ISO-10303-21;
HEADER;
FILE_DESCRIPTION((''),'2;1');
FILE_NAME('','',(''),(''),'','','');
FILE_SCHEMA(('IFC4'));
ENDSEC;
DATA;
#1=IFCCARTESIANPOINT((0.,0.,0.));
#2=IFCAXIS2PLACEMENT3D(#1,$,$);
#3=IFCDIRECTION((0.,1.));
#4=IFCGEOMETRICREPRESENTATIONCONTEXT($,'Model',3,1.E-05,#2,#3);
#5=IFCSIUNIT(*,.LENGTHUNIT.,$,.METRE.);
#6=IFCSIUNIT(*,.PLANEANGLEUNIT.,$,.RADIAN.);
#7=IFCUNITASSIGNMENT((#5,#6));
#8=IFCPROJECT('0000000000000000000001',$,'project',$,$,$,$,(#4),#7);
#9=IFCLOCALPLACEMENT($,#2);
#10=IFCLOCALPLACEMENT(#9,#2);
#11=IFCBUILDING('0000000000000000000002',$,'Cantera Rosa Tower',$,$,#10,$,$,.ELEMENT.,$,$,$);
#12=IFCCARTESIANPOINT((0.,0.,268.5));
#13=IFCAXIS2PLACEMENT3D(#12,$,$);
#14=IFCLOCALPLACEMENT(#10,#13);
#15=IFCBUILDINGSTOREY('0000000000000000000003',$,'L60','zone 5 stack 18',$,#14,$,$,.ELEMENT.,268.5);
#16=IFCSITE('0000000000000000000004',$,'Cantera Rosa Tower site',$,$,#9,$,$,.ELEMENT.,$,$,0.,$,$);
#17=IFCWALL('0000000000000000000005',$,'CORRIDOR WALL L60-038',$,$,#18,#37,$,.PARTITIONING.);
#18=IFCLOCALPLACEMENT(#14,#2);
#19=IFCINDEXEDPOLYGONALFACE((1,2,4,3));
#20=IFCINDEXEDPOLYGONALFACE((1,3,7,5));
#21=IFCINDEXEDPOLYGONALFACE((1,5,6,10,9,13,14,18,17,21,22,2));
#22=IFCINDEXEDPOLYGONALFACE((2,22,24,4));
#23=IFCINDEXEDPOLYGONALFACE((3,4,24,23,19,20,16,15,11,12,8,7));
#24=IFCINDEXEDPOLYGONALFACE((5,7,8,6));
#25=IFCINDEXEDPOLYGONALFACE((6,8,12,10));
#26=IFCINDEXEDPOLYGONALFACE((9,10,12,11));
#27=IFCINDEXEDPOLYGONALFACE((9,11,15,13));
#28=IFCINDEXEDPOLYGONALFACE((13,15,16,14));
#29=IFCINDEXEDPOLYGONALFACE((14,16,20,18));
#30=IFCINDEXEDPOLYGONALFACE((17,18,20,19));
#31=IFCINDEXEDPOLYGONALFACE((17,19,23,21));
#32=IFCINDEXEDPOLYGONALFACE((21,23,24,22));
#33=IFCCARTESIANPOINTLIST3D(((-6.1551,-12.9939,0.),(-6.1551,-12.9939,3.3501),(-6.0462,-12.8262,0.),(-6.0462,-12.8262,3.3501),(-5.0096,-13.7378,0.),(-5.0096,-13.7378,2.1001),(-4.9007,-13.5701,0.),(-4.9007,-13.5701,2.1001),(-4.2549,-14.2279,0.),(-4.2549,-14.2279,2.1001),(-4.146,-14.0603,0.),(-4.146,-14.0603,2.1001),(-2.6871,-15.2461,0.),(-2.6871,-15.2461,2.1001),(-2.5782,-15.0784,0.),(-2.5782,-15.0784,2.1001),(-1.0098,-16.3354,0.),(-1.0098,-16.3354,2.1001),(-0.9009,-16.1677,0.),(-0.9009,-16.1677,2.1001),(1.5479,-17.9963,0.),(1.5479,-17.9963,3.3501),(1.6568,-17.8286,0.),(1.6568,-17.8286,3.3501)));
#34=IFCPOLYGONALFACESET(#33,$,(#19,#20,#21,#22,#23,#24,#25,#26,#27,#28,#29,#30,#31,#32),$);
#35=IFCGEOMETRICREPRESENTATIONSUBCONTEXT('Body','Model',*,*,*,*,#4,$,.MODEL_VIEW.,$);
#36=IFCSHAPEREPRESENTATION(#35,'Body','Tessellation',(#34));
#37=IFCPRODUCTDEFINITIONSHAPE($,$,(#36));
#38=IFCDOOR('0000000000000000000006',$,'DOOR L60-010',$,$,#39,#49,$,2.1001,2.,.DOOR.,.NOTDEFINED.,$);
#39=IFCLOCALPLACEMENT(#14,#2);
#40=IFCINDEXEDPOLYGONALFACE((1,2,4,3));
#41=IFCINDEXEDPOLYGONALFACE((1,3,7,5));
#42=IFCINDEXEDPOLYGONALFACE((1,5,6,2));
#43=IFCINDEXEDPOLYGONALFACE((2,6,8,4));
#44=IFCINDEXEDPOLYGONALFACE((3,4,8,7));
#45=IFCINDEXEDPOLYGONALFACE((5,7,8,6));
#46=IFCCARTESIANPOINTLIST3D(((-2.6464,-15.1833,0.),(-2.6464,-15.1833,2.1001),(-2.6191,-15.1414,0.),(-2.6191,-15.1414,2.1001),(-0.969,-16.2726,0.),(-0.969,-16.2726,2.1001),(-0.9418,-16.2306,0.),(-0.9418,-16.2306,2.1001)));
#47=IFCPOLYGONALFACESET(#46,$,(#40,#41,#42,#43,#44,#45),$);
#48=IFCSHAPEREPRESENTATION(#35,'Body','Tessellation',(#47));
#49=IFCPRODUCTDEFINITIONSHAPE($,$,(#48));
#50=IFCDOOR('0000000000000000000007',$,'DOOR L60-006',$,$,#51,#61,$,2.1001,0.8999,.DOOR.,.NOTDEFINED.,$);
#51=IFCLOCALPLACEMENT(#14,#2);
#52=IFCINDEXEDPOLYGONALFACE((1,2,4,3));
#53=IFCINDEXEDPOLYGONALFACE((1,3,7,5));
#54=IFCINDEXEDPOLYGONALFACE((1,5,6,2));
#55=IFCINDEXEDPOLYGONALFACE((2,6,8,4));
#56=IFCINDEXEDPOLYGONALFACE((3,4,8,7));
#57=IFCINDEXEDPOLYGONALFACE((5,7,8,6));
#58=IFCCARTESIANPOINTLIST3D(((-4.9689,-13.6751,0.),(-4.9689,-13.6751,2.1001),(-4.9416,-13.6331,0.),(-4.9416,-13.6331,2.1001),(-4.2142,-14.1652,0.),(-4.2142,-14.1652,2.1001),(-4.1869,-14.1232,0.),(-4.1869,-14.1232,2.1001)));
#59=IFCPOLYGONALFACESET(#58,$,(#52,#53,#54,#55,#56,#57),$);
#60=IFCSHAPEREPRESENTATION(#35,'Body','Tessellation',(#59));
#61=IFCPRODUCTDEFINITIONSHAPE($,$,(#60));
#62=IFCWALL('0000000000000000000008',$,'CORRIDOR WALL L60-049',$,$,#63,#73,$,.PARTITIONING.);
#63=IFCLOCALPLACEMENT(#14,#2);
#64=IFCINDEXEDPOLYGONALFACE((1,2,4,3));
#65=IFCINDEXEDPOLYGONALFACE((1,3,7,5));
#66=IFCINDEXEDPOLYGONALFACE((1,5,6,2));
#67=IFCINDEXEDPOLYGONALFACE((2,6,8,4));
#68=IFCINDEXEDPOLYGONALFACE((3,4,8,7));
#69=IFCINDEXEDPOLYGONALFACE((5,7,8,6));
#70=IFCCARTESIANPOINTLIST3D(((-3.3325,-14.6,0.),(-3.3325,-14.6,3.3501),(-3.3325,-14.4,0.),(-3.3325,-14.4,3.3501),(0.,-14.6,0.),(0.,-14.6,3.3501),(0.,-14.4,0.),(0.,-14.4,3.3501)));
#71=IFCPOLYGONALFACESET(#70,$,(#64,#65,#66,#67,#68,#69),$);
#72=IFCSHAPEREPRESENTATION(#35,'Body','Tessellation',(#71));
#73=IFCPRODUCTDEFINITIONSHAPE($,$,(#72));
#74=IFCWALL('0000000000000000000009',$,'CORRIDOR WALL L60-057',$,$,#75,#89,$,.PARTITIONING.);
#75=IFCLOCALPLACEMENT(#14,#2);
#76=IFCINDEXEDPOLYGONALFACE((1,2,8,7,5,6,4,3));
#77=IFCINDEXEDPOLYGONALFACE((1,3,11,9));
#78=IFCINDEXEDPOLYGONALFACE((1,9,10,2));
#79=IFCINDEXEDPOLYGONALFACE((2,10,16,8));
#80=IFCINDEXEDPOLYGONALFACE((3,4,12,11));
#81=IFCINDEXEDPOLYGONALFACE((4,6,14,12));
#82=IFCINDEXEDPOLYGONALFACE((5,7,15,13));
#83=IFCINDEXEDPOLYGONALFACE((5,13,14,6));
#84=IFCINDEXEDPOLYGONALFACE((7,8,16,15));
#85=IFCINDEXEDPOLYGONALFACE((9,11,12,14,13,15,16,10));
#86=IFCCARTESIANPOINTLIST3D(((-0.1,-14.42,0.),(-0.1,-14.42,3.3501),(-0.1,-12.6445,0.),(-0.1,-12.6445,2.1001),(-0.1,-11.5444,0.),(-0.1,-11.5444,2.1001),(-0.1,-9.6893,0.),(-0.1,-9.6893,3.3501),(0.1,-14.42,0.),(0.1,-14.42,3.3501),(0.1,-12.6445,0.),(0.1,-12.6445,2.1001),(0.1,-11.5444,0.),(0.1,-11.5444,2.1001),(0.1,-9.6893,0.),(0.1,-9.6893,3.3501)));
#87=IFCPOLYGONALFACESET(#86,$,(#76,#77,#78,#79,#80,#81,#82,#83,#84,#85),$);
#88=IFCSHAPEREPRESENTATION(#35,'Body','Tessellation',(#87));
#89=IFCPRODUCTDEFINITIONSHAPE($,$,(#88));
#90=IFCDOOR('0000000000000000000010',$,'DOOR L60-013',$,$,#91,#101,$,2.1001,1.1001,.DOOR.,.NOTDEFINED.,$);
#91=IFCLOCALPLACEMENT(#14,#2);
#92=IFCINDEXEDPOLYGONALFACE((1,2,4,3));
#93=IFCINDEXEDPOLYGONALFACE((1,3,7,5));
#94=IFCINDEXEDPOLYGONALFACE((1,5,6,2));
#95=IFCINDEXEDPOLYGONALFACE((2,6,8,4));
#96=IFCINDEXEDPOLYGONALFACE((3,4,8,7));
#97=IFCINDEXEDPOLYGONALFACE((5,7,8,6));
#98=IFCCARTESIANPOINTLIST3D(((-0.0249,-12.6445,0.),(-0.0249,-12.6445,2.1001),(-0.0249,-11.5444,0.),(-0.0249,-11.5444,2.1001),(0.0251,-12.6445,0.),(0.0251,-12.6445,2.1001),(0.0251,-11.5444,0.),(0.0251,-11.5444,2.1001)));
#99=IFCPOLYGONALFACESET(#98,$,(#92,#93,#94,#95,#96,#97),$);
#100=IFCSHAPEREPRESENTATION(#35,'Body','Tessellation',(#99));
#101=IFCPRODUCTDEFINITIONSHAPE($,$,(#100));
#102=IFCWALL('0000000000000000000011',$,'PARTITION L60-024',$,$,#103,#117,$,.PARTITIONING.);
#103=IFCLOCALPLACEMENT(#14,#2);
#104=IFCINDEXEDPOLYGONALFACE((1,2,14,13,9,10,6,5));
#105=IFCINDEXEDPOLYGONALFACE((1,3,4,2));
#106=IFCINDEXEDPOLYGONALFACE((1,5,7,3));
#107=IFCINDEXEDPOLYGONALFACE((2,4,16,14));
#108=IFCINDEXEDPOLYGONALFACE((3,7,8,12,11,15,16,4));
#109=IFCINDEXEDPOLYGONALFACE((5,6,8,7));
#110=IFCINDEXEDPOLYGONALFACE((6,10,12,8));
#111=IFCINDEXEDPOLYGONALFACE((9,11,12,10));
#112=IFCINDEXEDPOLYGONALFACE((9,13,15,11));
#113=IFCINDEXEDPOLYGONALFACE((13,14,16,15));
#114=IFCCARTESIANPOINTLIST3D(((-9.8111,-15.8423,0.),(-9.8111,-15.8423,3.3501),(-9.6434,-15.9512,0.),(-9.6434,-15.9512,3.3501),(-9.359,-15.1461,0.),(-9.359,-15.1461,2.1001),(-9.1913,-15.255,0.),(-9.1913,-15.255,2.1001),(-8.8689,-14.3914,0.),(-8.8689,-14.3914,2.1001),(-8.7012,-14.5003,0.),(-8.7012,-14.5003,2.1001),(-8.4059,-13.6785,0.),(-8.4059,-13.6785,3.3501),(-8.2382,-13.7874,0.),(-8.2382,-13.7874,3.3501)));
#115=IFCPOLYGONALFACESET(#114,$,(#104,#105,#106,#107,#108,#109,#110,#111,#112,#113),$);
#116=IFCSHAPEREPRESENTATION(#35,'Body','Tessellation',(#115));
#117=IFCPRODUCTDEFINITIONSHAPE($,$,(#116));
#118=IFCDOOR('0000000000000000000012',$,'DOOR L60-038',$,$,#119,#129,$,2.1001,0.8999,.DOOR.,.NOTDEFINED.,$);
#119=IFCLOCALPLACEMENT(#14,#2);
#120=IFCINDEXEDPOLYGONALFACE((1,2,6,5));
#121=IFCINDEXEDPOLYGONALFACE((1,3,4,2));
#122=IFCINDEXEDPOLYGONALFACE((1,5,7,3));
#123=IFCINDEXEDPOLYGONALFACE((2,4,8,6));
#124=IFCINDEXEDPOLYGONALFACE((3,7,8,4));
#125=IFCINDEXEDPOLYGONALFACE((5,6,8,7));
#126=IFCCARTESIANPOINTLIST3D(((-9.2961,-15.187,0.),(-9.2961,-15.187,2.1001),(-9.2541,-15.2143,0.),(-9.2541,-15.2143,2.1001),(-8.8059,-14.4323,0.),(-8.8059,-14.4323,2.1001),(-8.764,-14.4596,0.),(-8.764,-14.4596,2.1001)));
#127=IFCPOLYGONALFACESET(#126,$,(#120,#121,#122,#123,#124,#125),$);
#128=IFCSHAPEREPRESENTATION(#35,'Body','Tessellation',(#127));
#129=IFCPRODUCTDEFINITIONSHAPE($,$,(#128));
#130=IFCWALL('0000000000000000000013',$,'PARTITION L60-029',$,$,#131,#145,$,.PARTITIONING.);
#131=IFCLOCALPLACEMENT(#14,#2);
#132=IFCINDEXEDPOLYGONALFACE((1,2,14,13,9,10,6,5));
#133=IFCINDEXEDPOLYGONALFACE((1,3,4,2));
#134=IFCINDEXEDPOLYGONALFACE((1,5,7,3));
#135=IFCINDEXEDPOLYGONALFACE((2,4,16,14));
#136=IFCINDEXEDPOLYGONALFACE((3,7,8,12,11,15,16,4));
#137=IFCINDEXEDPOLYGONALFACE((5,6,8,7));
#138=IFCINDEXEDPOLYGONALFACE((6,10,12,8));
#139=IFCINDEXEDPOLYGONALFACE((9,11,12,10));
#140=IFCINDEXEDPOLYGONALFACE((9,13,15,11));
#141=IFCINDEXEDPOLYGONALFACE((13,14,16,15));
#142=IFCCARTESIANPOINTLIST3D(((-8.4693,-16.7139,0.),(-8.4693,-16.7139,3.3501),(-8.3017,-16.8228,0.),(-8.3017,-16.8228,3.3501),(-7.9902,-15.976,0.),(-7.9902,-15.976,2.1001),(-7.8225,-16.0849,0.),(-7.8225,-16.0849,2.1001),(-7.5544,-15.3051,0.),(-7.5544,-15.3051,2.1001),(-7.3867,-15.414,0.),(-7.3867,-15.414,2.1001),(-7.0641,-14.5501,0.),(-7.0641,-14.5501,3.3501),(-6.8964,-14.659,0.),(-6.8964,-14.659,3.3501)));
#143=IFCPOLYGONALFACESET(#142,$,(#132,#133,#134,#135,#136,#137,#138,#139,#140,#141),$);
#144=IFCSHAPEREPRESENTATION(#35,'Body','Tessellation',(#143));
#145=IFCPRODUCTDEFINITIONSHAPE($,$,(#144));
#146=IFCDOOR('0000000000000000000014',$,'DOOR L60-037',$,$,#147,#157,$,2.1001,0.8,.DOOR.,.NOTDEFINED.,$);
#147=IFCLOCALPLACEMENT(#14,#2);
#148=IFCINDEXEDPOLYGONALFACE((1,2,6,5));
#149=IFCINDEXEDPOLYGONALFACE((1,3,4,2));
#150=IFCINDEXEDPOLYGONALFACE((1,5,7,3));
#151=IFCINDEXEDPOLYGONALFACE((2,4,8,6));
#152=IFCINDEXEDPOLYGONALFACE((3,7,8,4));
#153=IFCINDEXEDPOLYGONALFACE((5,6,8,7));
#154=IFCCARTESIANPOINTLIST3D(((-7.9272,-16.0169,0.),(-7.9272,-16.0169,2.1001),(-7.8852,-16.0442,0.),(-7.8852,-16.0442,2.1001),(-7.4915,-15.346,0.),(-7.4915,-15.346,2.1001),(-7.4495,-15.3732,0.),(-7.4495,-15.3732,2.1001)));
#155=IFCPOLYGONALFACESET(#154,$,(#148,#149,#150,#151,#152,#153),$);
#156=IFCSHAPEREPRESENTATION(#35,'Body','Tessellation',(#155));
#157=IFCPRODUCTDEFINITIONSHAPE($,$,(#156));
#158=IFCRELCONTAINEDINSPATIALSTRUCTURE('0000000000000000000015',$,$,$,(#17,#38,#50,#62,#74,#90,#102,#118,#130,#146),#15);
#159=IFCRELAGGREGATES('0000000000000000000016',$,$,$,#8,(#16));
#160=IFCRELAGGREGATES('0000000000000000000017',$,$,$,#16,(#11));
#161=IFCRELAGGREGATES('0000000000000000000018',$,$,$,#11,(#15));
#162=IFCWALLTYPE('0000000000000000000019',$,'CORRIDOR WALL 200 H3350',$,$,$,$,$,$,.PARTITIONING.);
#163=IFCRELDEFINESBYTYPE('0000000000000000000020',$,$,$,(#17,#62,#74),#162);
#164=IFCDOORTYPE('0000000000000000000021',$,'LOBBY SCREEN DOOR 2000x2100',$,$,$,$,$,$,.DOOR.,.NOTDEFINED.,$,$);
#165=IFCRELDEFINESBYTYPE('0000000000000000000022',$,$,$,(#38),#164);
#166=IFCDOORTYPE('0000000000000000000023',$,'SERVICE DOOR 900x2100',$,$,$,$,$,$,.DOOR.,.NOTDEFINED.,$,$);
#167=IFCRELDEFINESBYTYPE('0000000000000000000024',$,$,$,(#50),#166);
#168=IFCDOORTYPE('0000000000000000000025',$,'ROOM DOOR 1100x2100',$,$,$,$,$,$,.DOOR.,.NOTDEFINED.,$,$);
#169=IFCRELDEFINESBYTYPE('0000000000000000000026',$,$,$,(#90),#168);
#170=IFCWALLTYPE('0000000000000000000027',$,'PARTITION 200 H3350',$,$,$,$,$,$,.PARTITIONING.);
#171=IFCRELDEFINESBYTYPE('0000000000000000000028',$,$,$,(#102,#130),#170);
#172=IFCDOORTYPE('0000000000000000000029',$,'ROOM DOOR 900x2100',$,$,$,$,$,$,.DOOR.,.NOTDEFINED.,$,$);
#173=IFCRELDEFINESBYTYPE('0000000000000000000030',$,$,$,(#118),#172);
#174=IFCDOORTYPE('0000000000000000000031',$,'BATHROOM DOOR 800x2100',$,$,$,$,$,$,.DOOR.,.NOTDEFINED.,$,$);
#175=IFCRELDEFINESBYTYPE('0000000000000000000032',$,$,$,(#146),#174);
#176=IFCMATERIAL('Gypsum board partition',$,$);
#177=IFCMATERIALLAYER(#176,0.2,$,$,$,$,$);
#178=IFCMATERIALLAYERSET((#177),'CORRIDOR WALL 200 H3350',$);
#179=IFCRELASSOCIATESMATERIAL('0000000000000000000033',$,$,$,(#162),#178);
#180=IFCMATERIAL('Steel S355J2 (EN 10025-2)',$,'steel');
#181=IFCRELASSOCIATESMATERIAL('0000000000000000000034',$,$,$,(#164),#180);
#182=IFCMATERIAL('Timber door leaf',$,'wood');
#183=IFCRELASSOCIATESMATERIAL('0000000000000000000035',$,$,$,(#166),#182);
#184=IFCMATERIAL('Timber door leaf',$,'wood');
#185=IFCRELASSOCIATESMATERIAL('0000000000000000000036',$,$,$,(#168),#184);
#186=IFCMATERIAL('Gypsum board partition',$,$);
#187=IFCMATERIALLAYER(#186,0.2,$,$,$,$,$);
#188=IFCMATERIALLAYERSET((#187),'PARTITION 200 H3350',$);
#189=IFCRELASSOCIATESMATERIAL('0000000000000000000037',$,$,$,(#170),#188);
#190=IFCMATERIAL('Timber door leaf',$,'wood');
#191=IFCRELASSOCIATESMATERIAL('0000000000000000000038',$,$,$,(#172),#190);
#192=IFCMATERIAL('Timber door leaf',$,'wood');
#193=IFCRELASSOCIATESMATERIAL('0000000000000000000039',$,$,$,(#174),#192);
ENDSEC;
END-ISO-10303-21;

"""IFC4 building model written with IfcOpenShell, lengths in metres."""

from ifc_helpers import new_model, si_unit, direction, frame, frame_2d, origin, place, context, subcontext, project, spatial, rectangle, extrude, material, layer, layer_set, type_object, element, fill, save


model = new_model("IFC4")

# Units and contexts
model_context = context("Model", 3, precision=1e-05, world=origin(), true_north=direction((0.0, 1.0)))
body_context = subcontext(model_context, "Body", "Model", "MODEL_VIEW")
ifc_project = project(units=[si_unit("LENGTHUNIT", "METRE"), si_unit("PLANEANGLEUNIT", "RADIAN")], contexts=[model_context])

# Site, building, storey
site_placement = place(None, origin())
site = spatial("IfcSite", under=ifc_project, at=site_placement, Name="Cantera Rosa Tower site", CompositionType="ELEMENT", RefElevation=0.0)
building_placement = place(site_placement, origin())
building = spatial("IfcBuilding", under=site, at=building_placement, Name="Cantera Rosa Tower", CompositionType="ELEMENT")
storey_placement = place(building_placement, frame((0.0, 0.0, 268.5)))
storey = spatial("IfcBuildingStorey", under=building, at=storey_placement, Name="L60", Description="zone 5 stack 18", CompositionType="ELEMENT", Elevation=268.5)

# Wall, openings, doors
ifc_material_1 = material(Name="Gypsum board partition")
ifc_layer_1 = layer(ifc_material_1, 0.2)
ifc_layer_set_1 = layer_set([ifc_layer_1], Name="CORRIDOR WALL 200 H3350")
wall_type_1 = type_object("IfcWallType", Name="CORRIDOR WALL 200 H3350", PredefinedType="PARTITIONING", material=ifc_layer_set_1)
wall_1_placement = place(storey_placement, frame((-6.1006, -12.9102, 0.0), z_axis=(0.0, 0.0, 1.0), x_axis=(0.838672, -0.544637, 0.0)))
wall_1 = element("IfcWall", 1, at=wall_1_placement, inside=storey, type_object=wall_type_1, Name="CORRIDOR WALL L60-038", PredefinedType="PARTITIONING", context=body_context, shape_type="SweptSolid", body=[
    extrude(rectangle(XDim=9.1848, YDim=0.2, at=frame_2d((4.5923, 0.0))), origin(), (0.0, 0.0, 1.0), 3.3501),
])
opening_1_placement = place(wall_1_placement, frame((1.3657, 0.0, 0.0)))
opening_1 = element("IfcOpeningElement", 2, at=opening_1_placement, cuts=wall_1, PredefinedType="OPENING", context=body_context, shape_type="SweptSolid", body=[
    extrude(rectangle(XDim=0.8999, YDim=2.1001, at=frame_2d((0.45, 1.05))), frame((0.0, 0.1099, 0.0), z_axis=(0.0, -1.0, 0.0), x_axis=(1.0, 0.0, 0.0)), (0.0, 0.0, 1.0), 0.22),
])
opening_2_placement = place(wall_1_placement, frame((4.135, 0.0, 0.0)))
opening_2 = element("IfcOpeningElement", 3, at=opening_2_placement, cuts=wall_1, PredefinedType="OPENING", context=body_context, shape_type="SweptSolid", body=[
    extrude(rectangle(XDim=2.0, YDim=2.1001, at=frame_2d((1.0, 1.05))), frame((0.0, 0.1099, 0.0), z_axis=(0.0, -1.0, 0.0), x_axis=(1.0, 0.0, 0.0)), (0.0, 0.0, 1.0), 0.22),
])
ifc_material_2 = material(Name="Steel S355J2 (EN 10025-2)", Category="steel")
door_type_1 = type_object("IfcDoorType", Name="LOBBY SCREEN DOOR 2000x2100", OperationType="NOTDEFINED", PredefinedType="DOOR", material=ifc_material_2)
door_1_placement = place(opening_2_placement, origin())
door_1 = element("IfcDoor", 4, at=door_1_placement, inside=storey, type_object=door_type_1, Name="DOOR L60-010", OperationType="NOTDEFINED", OverallHeight=2.1001, OverallWidth=2.0, PredefinedType="DOOR", context=body_context, shape_type="SweptSolid", body=[
    extrude(rectangle(XDim=2.0, YDim=2.1001, at=frame_2d((1.0, 1.05))), frame((0.0, 0.0249, 0.0), z_axis=(0.0, -1.0, 0.0), x_axis=(1.0, 0.0, 0.0)), (0.0, 0.0, 1.0), 0.05),
])
fill(opening_2, door_1)
ifc_material_3 = material(Name="Timber door leaf", Category="wood")
door_type_2 = type_object("IfcDoorType", Name="SERVICE DOOR 900x2100", OperationType="NOTDEFINED", PredefinedType="DOOR", material=ifc_material_3)
door_2_placement = place(opening_1_placement, origin())
door_2 = element("IfcDoor", 5, at=door_2_placement, inside=storey, type_object=door_type_2, Name="DOOR L60-006", OperationType="NOTDEFINED", OverallHeight=2.1001, OverallWidth=0.8999, PredefinedType="DOOR", context=body_context, shape_type="SweptSolid", body=[
    extrude(rectangle(XDim=0.8999, YDim=2.1001, at=frame_2d((0.45, 1.05))), frame((0.0, 0.0249, 0.0), z_axis=(0.0, -1.0, 0.0), x_axis=(1.0, 0.0, 0.0)), (0.0, 0.0, 1.0), 0.05),
])
fill(opening_1, door_2)

# Wall
wall_2_placement = place(storey_placement, frame((-3.3325, -14.5, 0.0), z_axis=(0.0, 0.0, 1.0), x_axis=(1.0, 0.0, 0.0)))
element("IfcWall", 6, at=wall_2_placement, inside=storey, type_object=wall_type_1, Name="CORRIDOR WALL L60-049", PredefinedType="PARTITIONING", context=body_context, shape_type="SweptSolid", body=[
    extrude(rectangle(XDim=3.3325, YDim=0.2, at=frame_2d((1.6663, 0.0))), origin(), (0.0, 0.0, 1.0), 3.3501),
])

# Walls, openings, doors
wall_3_placement = place(storey_placement, frame((0.0, -14.4199, 0.0), z_axis=(0.0, 0.0, 1.0), x_axis=(0.0, 1.0, 0.0)))
wall_3 = element("IfcWall", 7, at=wall_3_placement, inside=storey, type_object=wall_type_1, Name="CORRIDOR WALL L60-057", PredefinedType="PARTITIONING", context=body_context, shape_type="SweptSolid", body=[
    extrude(rectangle(XDim=4.7307, YDim=0.2, at=frame_2d((2.3652, 0.0))), origin(), (0.0, 0.0, 1.0), 3.3501),
])
opening_3_placement = place(wall_3_placement, frame((1.7754, 0.0, 0.0)))
opening_3 = element("IfcOpeningElement", 8, at=opening_3_placement, cuts=wall_3, PredefinedType="OPENING", context=body_context, shape_type="SweptSolid", body=[
    extrude(rectangle(XDim=1.1001, YDim=2.1001, at=frame_2d((0.55, 1.05))), frame((0.0, 0.1099, 0.0), z_axis=(0.0, -1.0, 0.0), x_axis=(1.0, 0.0, 0.0)), (0.0, 0.0, 1.0), 0.22),
])
ifc_material_4 = material(Name="Timber door leaf", Category="wood")
door_type_3 = type_object("IfcDoorType", Name="ROOM DOOR 1100x2100", OperationType="NOTDEFINED", PredefinedType="DOOR", material=ifc_material_4)
door_3_placement = place(opening_3_placement, origin())
door_3 = element("IfcDoor", 9, at=door_3_placement, inside=storey, type_object=door_type_3, Name="DOOR L60-013", OperationType="NOTDEFINED", OverallHeight=2.1001, OverallWidth=1.1001, PredefinedType="DOOR", context=body_context, shape_type="SweptSolid", body=[
    extrude(rectangle(XDim=1.1001, YDim=2.1001, at=frame_2d((0.55, 1.05))), frame((0.0, 0.0249, 0.0), z_axis=(0.0, -1.0, 0.0), x_axis=(1.0, 0.0, 0.0)), (0.0, 0.0, 1.0), 0.05),
])
fill(opening_3, door_3)
ifc_material_5 = material(Name="Gypsum board partition")
ifc_layer_2 = layer(ifc_material_5, 0.2)
ifc_layer_set_2 = layer_set([ifc_layer_2], Name="PARTITION 200 H3350")
wall_type_2 = type_object("IfcWallType", Name="PARTITION 200 H3350", PredefinedType="PARTITIONING", material=ifc_layer_set_2)
wall_4_placement = place(storey_placement, frame((-9.7273, -15.8967, 0.0), z_axis=(0.0, 0.0, 1.0), x_axis=(0.544659, 0.838658, 0.0)))
wall_4 = element("IfcWall", 10, at=wall_4_placement, inside=storey, type_object=wall_type_2, Name="PARTITION L60-024", PredefinedType="PARTITIONING", context=body_context, shape_type="SweptSolid", body=[
    extrude(rectangle(XDim=2.5801, YDim=0.2, at=frame_2d((1.29, 0.0))), origin(), (0.0, 0.0, 1.0), 3.3501),
])
opening_4_placement = place(wall_4_placement, frame((0.8301, 0.0, 0.0)))
opening_4 = element("IfcOpeningElement", 11, at=opening_4_placement, cuts=wall_4, PredefinedType="OPENING", context=body_context, shape_type="SweptSolid", body=[
    extrude(rectangle(XDim=0.8999, YDim=2.1001, at=frame_2d((0.45, 1.05))), frame((0.0, 0.1099, 0.0), z_axis=(0.0, -1.0, 0.0), x_axis=(1.0, 0.0, 0.0)), (0.0, 0.0, 1.0), 0.22),
])
ifc_material_6 = material(Name="Timber door leaf", Category="wood")
door_type_4 = type_object("IfcDoorType", Name="ROOM DOOR 900x2100", OperationType="NOTDEFINED", PredefinedType="DOOR", material=ifc_material_6)
door_4_placement = place(opening_4_placement, origin())
door_4 = element("IfcDoor", 12, at=door_4_placement, inside=storey, type_object=door_type_4, Name="DOOR L60-038", OperationType="NOTDEFINED", OverallHeight=2.1001, OverallWidth=0.8999, PredefinedType="DOOR", context=body_context, shape_type="SweptSolid", body=[
    extrude(rectangle(XDim=0.8999, YDim=2.1001, at=frame_2d((0.45, 1.05))), frame((0.0, 0.0249, 0.0), z_axis=(0.0, -1.0, 0.0), x_axis=(1.0, 0.0, 0.0)), (0.0, 0.0, 1.0), 0.05),
])
fill(opening_4, door_4)
wall_5_placement = place(storey_placement, frame((-8.3855, -16.7683, 0.0), z_axis=(0.0, 0.0, 1.0), x_axis=(0.544659, 0.838658, 0.0)))
wall_5 = element("IfcWall", 13, at=wall_5_placement, inside=storey, type_object=wall_type_2, Name="PARTITION L60-029", PredefinedType="PARTITIONING", context=body_context, shape_type="SweptSolid", body=[
    extrude(rectangle(XDim=2.5801, YDim=0.2, at=frame_2d((1.29, 0.0))), origin(), (0.0, 0.0, 1.0), 3.3501),
])
opening_5_placement = place(wall_5_placement, frame((0.8799, 0.0, 0.0)))
opening_5 = element("IfcOpeningElement", 14, at=opening_5_placement, cuts=wall_5, PredefinedType="OPENING", context=body_context, shape_type="SweptSolid", body=[
    extrude(rectangle(XDim=0.8, YDim=2.1001, at=frame_2d((0.3999, 1.05))), frame((0.0, 0.1099, 0.0), z_axis=(0.0, -1.0, 0.0), x_axis=(1.0, 0.0, 0.0)), (0.0, 0.0, 1.0), 0.22),
])
ifc_material_7 = material(Name="Timber door leaf", Category="wood")
door_type_5 = type_object("IfcDoorType", Name="BATHROOM DOOR 800x2100", OperationType="NOTDEFINED", PredefinedType="DOOR", material=ifc_material_7)
door_5_placement = place(opening_5_placement, origin())
door_5 = element("IfcDoor", 15, at=door_5_placement, inside=storey, type_object=door_type_5, Name="DOOR L60-037", OperationType="NOTDEFINED", OverallHeight=2.1001, OverallWidth=0.8, PredefinedType="DOOR", context=body_context, shape_type="SweptSolid", body=[
    extrude(rectangle(XDim=0.8, YDim=2.1001, at=frame_2d((0.3999, 1.05))), frame((0.0, 0.0249, 0.0), z_axis=(0.0, -1.0, 0.0), x_axis=(1.0, 0.0, 0.0)), (0.0, 0.0, 1.0), 0.05),
])
fill(opening_5, door_5)

save(model, "model.ifc")
